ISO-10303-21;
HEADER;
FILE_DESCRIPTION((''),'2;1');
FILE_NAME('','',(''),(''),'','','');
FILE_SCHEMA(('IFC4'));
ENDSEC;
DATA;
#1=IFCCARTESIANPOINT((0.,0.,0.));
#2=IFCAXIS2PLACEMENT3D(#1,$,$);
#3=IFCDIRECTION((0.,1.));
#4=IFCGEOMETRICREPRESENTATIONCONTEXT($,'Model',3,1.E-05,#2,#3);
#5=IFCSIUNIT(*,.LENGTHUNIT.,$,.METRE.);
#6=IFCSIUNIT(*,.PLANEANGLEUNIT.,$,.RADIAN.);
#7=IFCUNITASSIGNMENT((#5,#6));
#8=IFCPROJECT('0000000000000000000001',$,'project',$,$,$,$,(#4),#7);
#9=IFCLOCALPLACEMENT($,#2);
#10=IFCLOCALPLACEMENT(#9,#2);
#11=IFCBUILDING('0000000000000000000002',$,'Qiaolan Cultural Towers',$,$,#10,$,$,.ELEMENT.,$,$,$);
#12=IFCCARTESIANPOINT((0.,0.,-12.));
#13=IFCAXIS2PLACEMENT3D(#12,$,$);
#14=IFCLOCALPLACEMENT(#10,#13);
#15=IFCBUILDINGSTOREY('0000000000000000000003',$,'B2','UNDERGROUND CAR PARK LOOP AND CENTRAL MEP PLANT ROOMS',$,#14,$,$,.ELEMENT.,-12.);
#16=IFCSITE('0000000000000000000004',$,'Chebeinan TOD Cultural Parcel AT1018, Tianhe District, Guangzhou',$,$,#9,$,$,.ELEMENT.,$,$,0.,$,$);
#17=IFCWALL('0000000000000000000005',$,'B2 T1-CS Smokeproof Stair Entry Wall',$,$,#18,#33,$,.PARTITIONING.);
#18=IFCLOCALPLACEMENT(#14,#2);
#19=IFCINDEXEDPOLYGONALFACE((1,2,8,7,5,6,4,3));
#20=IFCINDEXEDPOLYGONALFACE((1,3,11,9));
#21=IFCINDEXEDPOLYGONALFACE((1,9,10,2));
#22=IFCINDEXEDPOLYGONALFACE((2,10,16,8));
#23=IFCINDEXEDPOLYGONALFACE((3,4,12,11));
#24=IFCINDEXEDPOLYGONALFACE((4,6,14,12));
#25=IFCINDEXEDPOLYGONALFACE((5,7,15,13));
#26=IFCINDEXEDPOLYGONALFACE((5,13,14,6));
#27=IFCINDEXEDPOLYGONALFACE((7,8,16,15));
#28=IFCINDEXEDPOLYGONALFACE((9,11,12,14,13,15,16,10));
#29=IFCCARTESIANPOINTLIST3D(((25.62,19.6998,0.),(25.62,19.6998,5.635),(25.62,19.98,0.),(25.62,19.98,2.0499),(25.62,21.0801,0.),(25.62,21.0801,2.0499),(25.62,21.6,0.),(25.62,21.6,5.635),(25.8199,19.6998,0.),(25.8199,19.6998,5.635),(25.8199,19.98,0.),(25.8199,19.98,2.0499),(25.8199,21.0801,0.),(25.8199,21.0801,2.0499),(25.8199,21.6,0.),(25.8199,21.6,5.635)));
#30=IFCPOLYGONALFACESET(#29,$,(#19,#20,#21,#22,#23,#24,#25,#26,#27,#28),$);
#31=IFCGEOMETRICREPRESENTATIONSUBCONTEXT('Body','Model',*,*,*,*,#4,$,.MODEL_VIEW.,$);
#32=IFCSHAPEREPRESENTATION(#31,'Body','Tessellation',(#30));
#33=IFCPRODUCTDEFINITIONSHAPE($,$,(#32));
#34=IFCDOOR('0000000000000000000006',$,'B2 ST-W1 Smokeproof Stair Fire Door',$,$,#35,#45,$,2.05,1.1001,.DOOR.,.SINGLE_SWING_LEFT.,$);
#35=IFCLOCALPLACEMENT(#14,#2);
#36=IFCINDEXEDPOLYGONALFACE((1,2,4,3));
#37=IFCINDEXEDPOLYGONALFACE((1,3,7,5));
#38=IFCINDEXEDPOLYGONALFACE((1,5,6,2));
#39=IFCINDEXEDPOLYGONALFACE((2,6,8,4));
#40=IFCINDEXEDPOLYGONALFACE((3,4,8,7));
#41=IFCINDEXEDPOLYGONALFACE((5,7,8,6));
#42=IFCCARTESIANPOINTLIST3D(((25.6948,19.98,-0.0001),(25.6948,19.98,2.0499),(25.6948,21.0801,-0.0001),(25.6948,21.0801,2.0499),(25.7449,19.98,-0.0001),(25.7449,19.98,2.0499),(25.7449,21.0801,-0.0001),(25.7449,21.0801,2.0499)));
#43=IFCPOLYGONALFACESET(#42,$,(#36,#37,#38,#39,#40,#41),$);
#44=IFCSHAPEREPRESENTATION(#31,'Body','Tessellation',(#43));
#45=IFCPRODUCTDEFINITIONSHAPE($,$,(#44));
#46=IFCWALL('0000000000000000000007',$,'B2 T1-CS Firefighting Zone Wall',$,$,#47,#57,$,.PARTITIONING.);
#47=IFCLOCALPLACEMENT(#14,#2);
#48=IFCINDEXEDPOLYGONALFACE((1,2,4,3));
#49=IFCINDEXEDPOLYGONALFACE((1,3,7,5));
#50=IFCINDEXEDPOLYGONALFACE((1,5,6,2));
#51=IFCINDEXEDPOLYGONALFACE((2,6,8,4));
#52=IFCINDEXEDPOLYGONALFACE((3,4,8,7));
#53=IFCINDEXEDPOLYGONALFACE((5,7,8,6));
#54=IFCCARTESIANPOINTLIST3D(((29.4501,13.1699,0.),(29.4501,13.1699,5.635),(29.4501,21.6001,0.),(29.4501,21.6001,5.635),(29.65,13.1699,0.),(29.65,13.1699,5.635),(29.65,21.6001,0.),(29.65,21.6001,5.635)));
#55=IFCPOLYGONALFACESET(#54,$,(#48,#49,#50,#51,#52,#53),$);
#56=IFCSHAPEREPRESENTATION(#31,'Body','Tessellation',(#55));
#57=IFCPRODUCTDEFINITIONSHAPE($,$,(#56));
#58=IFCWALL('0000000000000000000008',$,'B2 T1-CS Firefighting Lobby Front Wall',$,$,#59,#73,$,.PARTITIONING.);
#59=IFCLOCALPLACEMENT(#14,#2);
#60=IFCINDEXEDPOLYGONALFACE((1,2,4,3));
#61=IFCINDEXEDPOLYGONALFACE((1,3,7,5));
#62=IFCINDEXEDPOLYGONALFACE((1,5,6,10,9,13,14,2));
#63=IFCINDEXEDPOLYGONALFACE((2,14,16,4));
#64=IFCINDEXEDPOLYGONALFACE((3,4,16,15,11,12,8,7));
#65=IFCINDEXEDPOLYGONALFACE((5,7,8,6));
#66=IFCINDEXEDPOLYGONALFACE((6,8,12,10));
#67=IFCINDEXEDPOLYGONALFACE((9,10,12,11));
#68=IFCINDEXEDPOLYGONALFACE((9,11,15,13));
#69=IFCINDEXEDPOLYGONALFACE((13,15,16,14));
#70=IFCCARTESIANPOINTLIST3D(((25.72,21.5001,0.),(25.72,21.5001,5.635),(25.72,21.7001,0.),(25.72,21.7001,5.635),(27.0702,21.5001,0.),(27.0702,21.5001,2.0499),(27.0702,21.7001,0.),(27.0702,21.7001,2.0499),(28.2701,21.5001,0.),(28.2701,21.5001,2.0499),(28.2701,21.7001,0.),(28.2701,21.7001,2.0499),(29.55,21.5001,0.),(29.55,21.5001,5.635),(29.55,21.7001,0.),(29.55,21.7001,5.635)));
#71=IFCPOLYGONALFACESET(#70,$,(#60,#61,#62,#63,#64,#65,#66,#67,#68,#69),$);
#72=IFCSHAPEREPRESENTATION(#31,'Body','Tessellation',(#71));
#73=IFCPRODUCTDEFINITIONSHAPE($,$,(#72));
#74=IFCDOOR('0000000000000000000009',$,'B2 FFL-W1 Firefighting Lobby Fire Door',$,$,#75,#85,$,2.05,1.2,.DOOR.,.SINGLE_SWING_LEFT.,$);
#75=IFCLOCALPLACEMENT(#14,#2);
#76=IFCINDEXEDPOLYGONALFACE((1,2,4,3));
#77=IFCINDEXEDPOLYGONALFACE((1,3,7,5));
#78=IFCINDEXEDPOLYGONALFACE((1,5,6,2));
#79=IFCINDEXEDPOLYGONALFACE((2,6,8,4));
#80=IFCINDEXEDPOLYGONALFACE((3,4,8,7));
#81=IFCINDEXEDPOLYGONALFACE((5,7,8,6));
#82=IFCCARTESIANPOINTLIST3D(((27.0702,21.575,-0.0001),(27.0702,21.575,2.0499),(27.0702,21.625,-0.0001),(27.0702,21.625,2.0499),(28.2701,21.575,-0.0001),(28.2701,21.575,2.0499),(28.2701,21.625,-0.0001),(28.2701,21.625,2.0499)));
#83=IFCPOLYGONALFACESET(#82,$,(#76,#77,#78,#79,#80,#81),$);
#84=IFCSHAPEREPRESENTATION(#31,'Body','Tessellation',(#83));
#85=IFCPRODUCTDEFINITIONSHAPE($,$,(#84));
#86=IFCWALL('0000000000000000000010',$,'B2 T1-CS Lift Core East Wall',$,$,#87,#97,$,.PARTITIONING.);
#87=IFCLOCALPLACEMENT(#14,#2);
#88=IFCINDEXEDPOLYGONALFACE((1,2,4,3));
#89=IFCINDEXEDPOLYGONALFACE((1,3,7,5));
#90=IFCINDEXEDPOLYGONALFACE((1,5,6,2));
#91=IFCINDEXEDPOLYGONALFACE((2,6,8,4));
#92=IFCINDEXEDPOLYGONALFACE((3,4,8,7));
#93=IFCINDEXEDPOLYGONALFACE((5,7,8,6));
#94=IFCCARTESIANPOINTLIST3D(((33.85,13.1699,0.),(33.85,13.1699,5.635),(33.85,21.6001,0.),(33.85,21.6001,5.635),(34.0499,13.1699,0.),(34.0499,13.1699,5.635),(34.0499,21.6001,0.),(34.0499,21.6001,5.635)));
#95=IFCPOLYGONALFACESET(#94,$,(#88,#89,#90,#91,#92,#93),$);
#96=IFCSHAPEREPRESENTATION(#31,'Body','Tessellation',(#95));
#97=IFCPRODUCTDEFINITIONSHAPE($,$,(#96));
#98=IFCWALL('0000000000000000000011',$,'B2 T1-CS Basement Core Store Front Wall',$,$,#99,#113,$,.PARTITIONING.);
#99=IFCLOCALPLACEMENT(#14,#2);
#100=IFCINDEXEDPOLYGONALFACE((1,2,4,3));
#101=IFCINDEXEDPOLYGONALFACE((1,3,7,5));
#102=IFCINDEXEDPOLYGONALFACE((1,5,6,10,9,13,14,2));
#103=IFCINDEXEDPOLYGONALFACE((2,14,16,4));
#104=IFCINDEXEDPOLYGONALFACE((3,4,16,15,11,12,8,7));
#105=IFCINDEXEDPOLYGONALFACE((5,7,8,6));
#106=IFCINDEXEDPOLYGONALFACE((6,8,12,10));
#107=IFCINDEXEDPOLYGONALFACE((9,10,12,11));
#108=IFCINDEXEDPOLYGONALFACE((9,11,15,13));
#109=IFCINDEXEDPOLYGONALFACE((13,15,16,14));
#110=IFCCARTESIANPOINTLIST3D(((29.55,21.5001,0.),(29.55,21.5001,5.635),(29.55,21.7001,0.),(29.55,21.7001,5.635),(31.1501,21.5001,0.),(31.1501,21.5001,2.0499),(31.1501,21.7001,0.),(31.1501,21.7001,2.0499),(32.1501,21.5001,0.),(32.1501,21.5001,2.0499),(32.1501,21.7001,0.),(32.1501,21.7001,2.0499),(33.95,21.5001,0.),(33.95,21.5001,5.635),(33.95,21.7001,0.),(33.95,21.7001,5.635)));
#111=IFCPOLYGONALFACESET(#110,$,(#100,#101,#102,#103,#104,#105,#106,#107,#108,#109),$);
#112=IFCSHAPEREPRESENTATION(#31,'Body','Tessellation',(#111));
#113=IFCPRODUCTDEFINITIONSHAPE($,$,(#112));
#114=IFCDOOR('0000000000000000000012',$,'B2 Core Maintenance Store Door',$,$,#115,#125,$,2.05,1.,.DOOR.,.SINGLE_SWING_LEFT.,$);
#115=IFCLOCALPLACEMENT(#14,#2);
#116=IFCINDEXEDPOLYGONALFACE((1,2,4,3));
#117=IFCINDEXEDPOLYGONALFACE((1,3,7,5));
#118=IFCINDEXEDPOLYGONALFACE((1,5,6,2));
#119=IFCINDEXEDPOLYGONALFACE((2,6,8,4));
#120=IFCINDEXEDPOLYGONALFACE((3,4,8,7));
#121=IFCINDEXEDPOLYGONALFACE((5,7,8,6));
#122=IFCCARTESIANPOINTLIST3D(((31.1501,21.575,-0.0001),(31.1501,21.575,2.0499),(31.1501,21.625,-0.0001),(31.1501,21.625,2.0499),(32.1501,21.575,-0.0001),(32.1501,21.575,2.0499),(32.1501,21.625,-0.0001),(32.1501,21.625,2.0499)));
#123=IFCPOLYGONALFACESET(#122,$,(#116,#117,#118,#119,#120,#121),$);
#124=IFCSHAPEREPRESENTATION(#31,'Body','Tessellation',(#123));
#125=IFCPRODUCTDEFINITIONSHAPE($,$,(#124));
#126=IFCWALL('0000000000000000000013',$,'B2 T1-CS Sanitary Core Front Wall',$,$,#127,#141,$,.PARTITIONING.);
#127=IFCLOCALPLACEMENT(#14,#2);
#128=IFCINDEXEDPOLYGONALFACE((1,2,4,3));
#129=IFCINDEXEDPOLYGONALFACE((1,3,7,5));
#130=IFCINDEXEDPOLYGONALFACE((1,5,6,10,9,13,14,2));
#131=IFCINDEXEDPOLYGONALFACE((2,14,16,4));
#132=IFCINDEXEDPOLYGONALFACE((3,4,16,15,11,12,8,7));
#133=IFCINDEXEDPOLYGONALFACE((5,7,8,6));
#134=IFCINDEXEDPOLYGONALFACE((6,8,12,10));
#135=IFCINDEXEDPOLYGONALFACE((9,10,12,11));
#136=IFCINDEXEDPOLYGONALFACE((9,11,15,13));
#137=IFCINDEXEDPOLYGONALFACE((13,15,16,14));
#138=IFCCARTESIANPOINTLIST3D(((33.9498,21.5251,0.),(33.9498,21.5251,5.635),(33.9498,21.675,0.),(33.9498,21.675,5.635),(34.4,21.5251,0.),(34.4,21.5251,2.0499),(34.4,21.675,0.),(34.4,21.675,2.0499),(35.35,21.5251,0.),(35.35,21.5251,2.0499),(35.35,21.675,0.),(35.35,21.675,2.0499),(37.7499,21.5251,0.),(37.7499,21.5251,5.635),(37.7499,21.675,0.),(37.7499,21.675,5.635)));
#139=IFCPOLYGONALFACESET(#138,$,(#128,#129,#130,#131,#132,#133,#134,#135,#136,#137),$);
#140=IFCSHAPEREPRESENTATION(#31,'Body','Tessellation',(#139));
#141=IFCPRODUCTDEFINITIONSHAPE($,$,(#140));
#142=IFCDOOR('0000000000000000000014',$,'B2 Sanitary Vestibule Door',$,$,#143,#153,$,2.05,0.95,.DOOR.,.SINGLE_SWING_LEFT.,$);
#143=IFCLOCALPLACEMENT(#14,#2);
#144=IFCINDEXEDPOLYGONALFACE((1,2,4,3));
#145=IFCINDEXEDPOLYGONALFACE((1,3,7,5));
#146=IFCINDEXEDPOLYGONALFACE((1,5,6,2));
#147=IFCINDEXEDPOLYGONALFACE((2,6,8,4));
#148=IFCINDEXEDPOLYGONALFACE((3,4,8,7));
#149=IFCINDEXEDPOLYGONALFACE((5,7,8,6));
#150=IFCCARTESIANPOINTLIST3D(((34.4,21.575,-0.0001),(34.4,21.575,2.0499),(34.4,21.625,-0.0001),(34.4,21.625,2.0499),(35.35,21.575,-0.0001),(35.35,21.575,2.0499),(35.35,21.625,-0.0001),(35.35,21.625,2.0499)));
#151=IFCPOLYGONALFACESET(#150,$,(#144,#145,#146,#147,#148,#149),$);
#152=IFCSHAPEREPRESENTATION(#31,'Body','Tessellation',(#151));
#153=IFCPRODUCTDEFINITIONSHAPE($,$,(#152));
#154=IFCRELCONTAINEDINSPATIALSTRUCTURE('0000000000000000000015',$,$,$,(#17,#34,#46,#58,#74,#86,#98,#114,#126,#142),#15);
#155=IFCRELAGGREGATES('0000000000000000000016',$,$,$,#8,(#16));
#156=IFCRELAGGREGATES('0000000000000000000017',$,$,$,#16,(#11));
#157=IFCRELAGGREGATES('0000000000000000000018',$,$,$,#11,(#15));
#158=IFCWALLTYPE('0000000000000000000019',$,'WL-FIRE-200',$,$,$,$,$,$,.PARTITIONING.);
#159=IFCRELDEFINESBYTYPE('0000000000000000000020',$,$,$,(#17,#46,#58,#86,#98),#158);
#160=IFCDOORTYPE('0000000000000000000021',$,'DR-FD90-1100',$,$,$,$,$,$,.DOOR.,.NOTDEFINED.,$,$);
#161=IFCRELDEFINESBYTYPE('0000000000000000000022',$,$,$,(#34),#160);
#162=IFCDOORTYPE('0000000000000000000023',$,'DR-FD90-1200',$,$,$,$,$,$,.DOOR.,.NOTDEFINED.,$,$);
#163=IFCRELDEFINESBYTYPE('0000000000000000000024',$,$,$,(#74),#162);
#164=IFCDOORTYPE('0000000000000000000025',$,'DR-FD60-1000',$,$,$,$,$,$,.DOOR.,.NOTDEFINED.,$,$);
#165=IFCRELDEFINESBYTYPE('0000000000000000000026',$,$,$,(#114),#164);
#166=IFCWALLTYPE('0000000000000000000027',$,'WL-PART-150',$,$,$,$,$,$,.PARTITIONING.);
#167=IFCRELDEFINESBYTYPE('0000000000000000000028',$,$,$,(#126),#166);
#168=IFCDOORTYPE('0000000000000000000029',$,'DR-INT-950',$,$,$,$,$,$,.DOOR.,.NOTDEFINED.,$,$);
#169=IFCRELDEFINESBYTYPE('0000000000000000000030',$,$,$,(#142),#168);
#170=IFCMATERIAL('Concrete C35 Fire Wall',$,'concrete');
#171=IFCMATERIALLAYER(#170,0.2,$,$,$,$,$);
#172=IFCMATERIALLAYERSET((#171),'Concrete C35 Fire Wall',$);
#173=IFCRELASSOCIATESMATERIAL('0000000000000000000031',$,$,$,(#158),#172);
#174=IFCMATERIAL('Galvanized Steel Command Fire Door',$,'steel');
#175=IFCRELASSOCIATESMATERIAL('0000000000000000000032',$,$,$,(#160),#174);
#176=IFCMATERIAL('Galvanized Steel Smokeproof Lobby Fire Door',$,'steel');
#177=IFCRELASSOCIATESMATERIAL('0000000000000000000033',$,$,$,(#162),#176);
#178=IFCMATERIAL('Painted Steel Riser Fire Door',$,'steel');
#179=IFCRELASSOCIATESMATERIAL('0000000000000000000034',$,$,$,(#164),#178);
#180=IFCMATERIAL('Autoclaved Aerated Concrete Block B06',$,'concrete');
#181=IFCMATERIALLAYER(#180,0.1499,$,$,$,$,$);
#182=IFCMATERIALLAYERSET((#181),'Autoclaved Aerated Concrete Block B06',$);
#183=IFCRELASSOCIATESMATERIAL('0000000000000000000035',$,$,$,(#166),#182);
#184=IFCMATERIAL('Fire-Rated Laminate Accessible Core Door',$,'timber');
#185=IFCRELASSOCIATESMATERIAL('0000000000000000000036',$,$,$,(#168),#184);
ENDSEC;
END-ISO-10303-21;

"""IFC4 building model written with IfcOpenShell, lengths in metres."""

from ifc_helpers import new_model, si_unit, direction, frame, frame_2d, origin, place, context, subcontext, project, spatial, rectangle, extrude, material, layer, layer_set, type_object, element, fill, save


model = new_model("IFC4")

# Units and contexts
model_context = context("Model", 3, precision=1e-05, world=origin(), true_north=direction((0.0, 1.0)))
body_context = subcontext(model_context, "Body", "Model", "MODEL_VIEW")
ifc_project = project(units=[si_unit("LENGTHUNIT", "METRE"), si_unit("PLANEANGLEUNIT", "RADIAN")], contexts=[model_context])

# Site, building, storey
site_placement = place(None, origin())
site = spatial("IfcSite", under=ifc_project, at=site_placement, Name="Chebeinan TOD Cultural Parcel AT1018, Tianhe District, Guangzhou", CompositionType="ELEMENT", RefElevation=0.0)
building_placement = place(site_placement, origin())
building = spatial("IfcBuilding", under=site, at=building_placement, Name="Qiaolan Cultural Towers", CompositionType="ELEMENT")
storey_placement = place(building_placement, frame((0.0, 0.0, -12.0)))
storey = spatial("IfcBuildingStorey", under=building, at=storey_placement, Name="B2", Description="UNDERGROUND CAR PARK LOOP AND CENTRAL MEP PLANT ROOMS", CompositionType="ELEMENT", Elevation=-12.0)

# Wall, opening, door
ifc_material_1 = material(Name="Concrete C35 Fire Wall", Category="concrete")
ifc_layer_1 = layer(ifc_material_1, 0.2)
ifc_layer_set_1 = layer_set([ifc_layer_1], Name="Concrete C35 Fire Wall")
wall_type_1 = type_object("IfcWallType", Name="WL-FIRE-200", PredefinedType="PARTITIONING", material=ifc_layer_set_1)
wall_1_placement = place(storey_placement, frame((25.72, 21.6001, 0.0), z_axis=(0.0, 0.0, 1.0), x_axis=(0.0, -1.0, 0.0)))
wall_1 = element("IfcWall", 1, at=wall_1_placement, inside=storey, type_object=wall_type_1, Name="B2 T1-CS Smokeproof Stair Entry Wall", PredefinedType="PARTITIONING", context=body_context, shape_type="SweptSolid", body=[
    extrude(rectangle(XDim=1.9001, YDim=0.2, at=frame_2d((0.9502, 0.0))), origin(), (0.0, 0.0, 1.0), 5.635),
])
opening_1_placement = place(wall_1_placement, frame((0.52, 0.0, 0.0)))
opening_1 = element("IfcOpeningElement", 2, at=opening_1_placement, cuts=wall_1, PredefinedType="OPENING", context=body_context, shape_type="SweptSolid", body=[
    extrude(rectangle(XDim=1.1001, YDim=2.05, at=frame_2d((0.55, 1.0249))), frame((0.0, 0.1099, 0.0), z_axis=(0.0, -1.0, 0.0), x_axis=(1.0, 0.0, 0.0)), (0.0, 0.0, 1.0), 0.22),
])
ifc_material_2 = material(Name="Galvanized Steel Command Fire Door", Category="steel")
door_type_1 = type_object("IfcDoorType", Name="DR-FD90-1100", OperationType="NOTDEFINED", PredefinedType="DOOR", material=ifc_material_2)
door_1_placement = place(opening_1_placement, origin())
door_1 = element("IfcDoor", 3, at=door_1_placement, inside=storey, type_object=door_type_1, Name="B2 ST-W1 Smokeproof Stair Fire Door", OperationType="SINGLE_SWING_LEFT", OverallHeight=2.05, OverallWidth=1.1001, PredefinedType="DOOR", context=body_context, shape_type="SweptSolid", body=[
    extrude(rectangle(XDim=1.1001, YDim=2.05, at=frame_2d((0.55, 1.0249))), frame((0.0, 0.0249, 0.0), z_axis=(0.0, -1.0, 0.0), x_axis=(1.0, 0.0, 0.0)), (0.0, 0.0, 1.0), 0.05),
])
fill(opening_1, door_1)

# Wall
wall_2_placement = place(storey_placement, frame((29.55, 21.6001, 0.0), z_axis=(0.0, 0.0, 1.0), x_axis=(0.0, -1.0, 0.0)))
element("IfcWall", 4, at=wall_2_placement, inside=storey, type_object=wall_type_1, Name="B2 T1-CS Firefighting Zone Wall", PredefinedType="PARTITIONING", context=body_context, shape_type="SweptSolid", body=[
    extrude(rectangle(XDim=8.4302, YDim=0.2, at=frame_2d((4.2151, 0.0))), origin(), (0.0, 0.0, 1.0), 5.635),
])

# Wall, opening, door
wall_3_placement = place(storey_placement, frame((25.72, 21.6001, 0.0), z_axis=(0.0, 0.0, 1.0), x_axis=(1.0, 0.0, 0.0)))
wall_3 = element("IfcWall", 5, at=wall_3_placement, inside=storey, type_object=wall_type_1, Name="B2 T1-CS Firefighting Lobby Front Wall", PredefinedType="PARTITIONING", context=body_context, shape_type="SweptSolid", body=[
    extrude(rectangle(XDim=3.8301, YDim=0.2, at=frame_2d((1.915, 0.0))), origin(), (0.0, 0.0, 1.0), 5.635),
])
opening_2_placement = place(wall_3_placement, frame((1.3501, 0.0, 0.0)))
opening_2 = element("IfcOpeningElement", 6, at=opening_2_placement, cuts=wall_3, PredefinedType="OPENING", context=body_context, shape_type="SweptSolid", body=[
    extrude(rectangle(XDim=1.2, YDim=2.05, at=frame_2d((0.6001, 1.0249))), frame((0.0, 0.1099, 0.0), z_axis=(0.0, -1.0, 0.0), x_axis=(1.0, 0.0, 0.0)), (0.0, 0.0, 1.0), 0.22),
])
ifc_material_3 = material(Name="Galvanized Steel Smokeproof Lobby Fire Door", Category="steel")
door_type_2 = type_object("IfcDoorType", Name="DR-FD90-1200", OperationType="NOTDEFINED", PredefinedType="DOOR", material=ifc_material_3)
door_2_placement = place(opening_2_placement, origin())
door_2 = element("IfcDoor", 7, at=door_2_placement, inside=storey, type_object=door_type_2, Name="B2 FFL-W1 Firefighting Lobby Fire Door", OperationType="SINGLE_SWING_LEFT", OverallHeight=2.05, OverallWidth=1.2, PredefinedType="DOOR", context=body_context, shape_type="SweptSolid", body=[
    extrude(rectangle(XDim=1.2, YDim=2.05, at=frame_2d((0.6001, 1.0249))), frame((0.0, 0.0249, 0.0), z_axis=(0.0, -1.0, 0.0), x_axis=(1.0, 0.0, 0.0)), (0.0, 0.0, 1.0), 0.05),
])
fill(opening_2, door_2)

# Wall
wall_4_placement = place(storey_placement, frame((33.95, 21.6001, 0.0), z_axis=(0.0, 0.0, 1.0), x_axis=(0.0, -1.0, 0.0)))
element("IfcWall", 8, at=wall_4_placement, inside=storey, type_object=wall_type_1, Name="B2 T1-CS Lift Core East Wall", PredefinedType="PARTITIONING", context=body_context, shape_type="SweptSolid", body=[
    extrude(rectangle(XDim=8.4302, YDim=0.2, at=frame_2d((4.2151, 0.0))), origin(), (0.0, 0.0, 1.0), 5.635),
])

# Walls, openings, doors
wall_5_placement = place(storey_placement, frame((29.55, 21.6001, 0.0), z_axis=(0.0, 0.0, 1.0), x_axis=(1.0, 0.0, 0.0)))
wall_5 = element("IfcWall", 9, at=wall_5_placement, inside=storey, type_object=wall_type_1, Name="B2 T1-CS Basement Core Store Front Wall", PredefinedType="PARTITIONING", context=body_context, shape_type="SweptSolid", body=[
    extrude(rectangle(XDim=4.3999, YDim=0.2, at=frame_2d((2.2, 0.0))), origin(), (0.0, 0.0, 1.0), 5.635),
])
opening_3_placement = place(wall_5_placement, frame((1.6001, 0.0, 0.0)))
opening_3 = element("IfcOpeningElement", 10, at=opening_3_placement, cuts=wall_5, PredefinedType="OPENING", context=body_context, shape_type="SweptSolid", body=[
    extrude(rectangle(XDim=1.0, YDim=2.05, at=frame_2d((0.5, 1.0249))), frame((0.0, 0.1099, 0.0), z_axis=(0.0, -1.0, 0.0), x_axis=(1.0, 0.0, 0.0)), (0.0, 0.0, 1.0), 0.22),
])
ifc_material_4 = material(Name="Painted Steel Riser Fire Door", Category="steel")
door_type_3 = type_object("IfcDoorType", Name="DR-FD60-1000", OperationType="NOTDEFINED", PredefinedType="DOOR", material=ifc_material_4)
door_3_placement = place(opening_3_placement, origin())
door_3 = element("IfcDoor", 11, at=door_3_placement, inside=storey, type_object=door_type_3, Name="B2 Core Maintenance Store Door", OperationType="SINGLE_SWING_LEFT", OverallHeight=2.05, OverallWidth=1.0, PredefinedType="DOOR", context=body_context, shape_type="SweptSolid", body=[
    extrude(rectangle(XDim=1.0, YDim=2.05, at=frame_2d((0.5, 1.0249))), frame((0.0, 0.0249, 0.0), z_axis=(0.0, -1.0, 0.0), x_axis=(1.0, 0.0, 0.0)), (0.0, 0.0, 1.0), 0.05),
])
fill(opening_3, door_3)
ifc_material_5 = material(Name="Autoclaved Aerated Concrete Block B06", Category="concrete")
ifc_layer_2 = layer(ifc_material_5, 0.1499)
ifc_layer_set_2 = layer_set([ifc_layer_2], Name="Autoclaved Aerated Concrete Block B06")
wall_type_2 = type_object("IfcWallType", Name="WL-PART-150", PredefinedType="PARTITIONING", material=ifc_layer_set_2)
wall_6_placement = place(storey_placement, frame((33.95, 21.6001, 0.0), z_axis=(0.0, 0.0, 1.0), x_axis=(1.0, 0.0, 0.0)))
wall_6 = element("IfcWall", 12, at=wall_6_placement, inside=storey, type_object=wall_type_2, Name="B2 T1-CS Sanitary Core Front Wall", PredefinedType="PARTITIONING", context=body_context, shape_type="SweptSolid", body=[
    extrude(rectangle(XDim=3.8, YDim=0.1499, at=frame_2d((1.8999, 0.0))), origin(), (0.0, 0.0, 1.0), 5.635),
])
opening_4_placement = place(wall_6_placement, frame((0.45, 0.0, 0.0)))
opening_4 = element("IfcOpeningElement", 13, at=opening_4_placement, cuts=wall_6, PredefinedType="OPENING", context=body_context, shape_type="SweptSolid", body=[
    extrude(rectangle(XDim=0.95, YDim=2.05, at=frame_2d((0.4751, 1.0249))), frame((0.0, 0.085, 0.0), z_axis=(0.0, -1.0, 0.0), x_axis=(1.0, 0.0, 0.0)), (0.0, 0.0, 1.0), 0.1699),
])
ifc_material_6 = material(Name="Fire-Rated Laminate Accessible Core Door", Category="timber")
door_type_4 = type_object("IfcDoorType", Name="DR-INT-950", OperationType="NOTDEFINED", PredefinedType="DOOR", material=ifc_material_6)
door_4_placement = place(opening_4_placement, origin())
door_4 = element("IfcDoor", 14, at=door_4_placement, inside=storey, type_object=door_type_4, Name="B2 Sanitary Vestibule Door", OperationType="SINGLE_SWING_LEFT", OverallHeight=2.05, OverallWidth=0.95, PredefinedType="DOOR", context=body_context, shape_type="SweptSolid", body=[
    extrude(rectangle(XDim=0.95, YDim=2.05, at=frame_2d((0.4751, 1.0249))), frame((0.0, 0.0249, 0.0), z_axis=(0.0, -1.0, 0.0), x_axis=(1.0, 0.0, 0.0)), (0.0, 0.0, 1.0), 0.05),
])
fill(opening_4, door_4)

save(model, "model.ifc")
